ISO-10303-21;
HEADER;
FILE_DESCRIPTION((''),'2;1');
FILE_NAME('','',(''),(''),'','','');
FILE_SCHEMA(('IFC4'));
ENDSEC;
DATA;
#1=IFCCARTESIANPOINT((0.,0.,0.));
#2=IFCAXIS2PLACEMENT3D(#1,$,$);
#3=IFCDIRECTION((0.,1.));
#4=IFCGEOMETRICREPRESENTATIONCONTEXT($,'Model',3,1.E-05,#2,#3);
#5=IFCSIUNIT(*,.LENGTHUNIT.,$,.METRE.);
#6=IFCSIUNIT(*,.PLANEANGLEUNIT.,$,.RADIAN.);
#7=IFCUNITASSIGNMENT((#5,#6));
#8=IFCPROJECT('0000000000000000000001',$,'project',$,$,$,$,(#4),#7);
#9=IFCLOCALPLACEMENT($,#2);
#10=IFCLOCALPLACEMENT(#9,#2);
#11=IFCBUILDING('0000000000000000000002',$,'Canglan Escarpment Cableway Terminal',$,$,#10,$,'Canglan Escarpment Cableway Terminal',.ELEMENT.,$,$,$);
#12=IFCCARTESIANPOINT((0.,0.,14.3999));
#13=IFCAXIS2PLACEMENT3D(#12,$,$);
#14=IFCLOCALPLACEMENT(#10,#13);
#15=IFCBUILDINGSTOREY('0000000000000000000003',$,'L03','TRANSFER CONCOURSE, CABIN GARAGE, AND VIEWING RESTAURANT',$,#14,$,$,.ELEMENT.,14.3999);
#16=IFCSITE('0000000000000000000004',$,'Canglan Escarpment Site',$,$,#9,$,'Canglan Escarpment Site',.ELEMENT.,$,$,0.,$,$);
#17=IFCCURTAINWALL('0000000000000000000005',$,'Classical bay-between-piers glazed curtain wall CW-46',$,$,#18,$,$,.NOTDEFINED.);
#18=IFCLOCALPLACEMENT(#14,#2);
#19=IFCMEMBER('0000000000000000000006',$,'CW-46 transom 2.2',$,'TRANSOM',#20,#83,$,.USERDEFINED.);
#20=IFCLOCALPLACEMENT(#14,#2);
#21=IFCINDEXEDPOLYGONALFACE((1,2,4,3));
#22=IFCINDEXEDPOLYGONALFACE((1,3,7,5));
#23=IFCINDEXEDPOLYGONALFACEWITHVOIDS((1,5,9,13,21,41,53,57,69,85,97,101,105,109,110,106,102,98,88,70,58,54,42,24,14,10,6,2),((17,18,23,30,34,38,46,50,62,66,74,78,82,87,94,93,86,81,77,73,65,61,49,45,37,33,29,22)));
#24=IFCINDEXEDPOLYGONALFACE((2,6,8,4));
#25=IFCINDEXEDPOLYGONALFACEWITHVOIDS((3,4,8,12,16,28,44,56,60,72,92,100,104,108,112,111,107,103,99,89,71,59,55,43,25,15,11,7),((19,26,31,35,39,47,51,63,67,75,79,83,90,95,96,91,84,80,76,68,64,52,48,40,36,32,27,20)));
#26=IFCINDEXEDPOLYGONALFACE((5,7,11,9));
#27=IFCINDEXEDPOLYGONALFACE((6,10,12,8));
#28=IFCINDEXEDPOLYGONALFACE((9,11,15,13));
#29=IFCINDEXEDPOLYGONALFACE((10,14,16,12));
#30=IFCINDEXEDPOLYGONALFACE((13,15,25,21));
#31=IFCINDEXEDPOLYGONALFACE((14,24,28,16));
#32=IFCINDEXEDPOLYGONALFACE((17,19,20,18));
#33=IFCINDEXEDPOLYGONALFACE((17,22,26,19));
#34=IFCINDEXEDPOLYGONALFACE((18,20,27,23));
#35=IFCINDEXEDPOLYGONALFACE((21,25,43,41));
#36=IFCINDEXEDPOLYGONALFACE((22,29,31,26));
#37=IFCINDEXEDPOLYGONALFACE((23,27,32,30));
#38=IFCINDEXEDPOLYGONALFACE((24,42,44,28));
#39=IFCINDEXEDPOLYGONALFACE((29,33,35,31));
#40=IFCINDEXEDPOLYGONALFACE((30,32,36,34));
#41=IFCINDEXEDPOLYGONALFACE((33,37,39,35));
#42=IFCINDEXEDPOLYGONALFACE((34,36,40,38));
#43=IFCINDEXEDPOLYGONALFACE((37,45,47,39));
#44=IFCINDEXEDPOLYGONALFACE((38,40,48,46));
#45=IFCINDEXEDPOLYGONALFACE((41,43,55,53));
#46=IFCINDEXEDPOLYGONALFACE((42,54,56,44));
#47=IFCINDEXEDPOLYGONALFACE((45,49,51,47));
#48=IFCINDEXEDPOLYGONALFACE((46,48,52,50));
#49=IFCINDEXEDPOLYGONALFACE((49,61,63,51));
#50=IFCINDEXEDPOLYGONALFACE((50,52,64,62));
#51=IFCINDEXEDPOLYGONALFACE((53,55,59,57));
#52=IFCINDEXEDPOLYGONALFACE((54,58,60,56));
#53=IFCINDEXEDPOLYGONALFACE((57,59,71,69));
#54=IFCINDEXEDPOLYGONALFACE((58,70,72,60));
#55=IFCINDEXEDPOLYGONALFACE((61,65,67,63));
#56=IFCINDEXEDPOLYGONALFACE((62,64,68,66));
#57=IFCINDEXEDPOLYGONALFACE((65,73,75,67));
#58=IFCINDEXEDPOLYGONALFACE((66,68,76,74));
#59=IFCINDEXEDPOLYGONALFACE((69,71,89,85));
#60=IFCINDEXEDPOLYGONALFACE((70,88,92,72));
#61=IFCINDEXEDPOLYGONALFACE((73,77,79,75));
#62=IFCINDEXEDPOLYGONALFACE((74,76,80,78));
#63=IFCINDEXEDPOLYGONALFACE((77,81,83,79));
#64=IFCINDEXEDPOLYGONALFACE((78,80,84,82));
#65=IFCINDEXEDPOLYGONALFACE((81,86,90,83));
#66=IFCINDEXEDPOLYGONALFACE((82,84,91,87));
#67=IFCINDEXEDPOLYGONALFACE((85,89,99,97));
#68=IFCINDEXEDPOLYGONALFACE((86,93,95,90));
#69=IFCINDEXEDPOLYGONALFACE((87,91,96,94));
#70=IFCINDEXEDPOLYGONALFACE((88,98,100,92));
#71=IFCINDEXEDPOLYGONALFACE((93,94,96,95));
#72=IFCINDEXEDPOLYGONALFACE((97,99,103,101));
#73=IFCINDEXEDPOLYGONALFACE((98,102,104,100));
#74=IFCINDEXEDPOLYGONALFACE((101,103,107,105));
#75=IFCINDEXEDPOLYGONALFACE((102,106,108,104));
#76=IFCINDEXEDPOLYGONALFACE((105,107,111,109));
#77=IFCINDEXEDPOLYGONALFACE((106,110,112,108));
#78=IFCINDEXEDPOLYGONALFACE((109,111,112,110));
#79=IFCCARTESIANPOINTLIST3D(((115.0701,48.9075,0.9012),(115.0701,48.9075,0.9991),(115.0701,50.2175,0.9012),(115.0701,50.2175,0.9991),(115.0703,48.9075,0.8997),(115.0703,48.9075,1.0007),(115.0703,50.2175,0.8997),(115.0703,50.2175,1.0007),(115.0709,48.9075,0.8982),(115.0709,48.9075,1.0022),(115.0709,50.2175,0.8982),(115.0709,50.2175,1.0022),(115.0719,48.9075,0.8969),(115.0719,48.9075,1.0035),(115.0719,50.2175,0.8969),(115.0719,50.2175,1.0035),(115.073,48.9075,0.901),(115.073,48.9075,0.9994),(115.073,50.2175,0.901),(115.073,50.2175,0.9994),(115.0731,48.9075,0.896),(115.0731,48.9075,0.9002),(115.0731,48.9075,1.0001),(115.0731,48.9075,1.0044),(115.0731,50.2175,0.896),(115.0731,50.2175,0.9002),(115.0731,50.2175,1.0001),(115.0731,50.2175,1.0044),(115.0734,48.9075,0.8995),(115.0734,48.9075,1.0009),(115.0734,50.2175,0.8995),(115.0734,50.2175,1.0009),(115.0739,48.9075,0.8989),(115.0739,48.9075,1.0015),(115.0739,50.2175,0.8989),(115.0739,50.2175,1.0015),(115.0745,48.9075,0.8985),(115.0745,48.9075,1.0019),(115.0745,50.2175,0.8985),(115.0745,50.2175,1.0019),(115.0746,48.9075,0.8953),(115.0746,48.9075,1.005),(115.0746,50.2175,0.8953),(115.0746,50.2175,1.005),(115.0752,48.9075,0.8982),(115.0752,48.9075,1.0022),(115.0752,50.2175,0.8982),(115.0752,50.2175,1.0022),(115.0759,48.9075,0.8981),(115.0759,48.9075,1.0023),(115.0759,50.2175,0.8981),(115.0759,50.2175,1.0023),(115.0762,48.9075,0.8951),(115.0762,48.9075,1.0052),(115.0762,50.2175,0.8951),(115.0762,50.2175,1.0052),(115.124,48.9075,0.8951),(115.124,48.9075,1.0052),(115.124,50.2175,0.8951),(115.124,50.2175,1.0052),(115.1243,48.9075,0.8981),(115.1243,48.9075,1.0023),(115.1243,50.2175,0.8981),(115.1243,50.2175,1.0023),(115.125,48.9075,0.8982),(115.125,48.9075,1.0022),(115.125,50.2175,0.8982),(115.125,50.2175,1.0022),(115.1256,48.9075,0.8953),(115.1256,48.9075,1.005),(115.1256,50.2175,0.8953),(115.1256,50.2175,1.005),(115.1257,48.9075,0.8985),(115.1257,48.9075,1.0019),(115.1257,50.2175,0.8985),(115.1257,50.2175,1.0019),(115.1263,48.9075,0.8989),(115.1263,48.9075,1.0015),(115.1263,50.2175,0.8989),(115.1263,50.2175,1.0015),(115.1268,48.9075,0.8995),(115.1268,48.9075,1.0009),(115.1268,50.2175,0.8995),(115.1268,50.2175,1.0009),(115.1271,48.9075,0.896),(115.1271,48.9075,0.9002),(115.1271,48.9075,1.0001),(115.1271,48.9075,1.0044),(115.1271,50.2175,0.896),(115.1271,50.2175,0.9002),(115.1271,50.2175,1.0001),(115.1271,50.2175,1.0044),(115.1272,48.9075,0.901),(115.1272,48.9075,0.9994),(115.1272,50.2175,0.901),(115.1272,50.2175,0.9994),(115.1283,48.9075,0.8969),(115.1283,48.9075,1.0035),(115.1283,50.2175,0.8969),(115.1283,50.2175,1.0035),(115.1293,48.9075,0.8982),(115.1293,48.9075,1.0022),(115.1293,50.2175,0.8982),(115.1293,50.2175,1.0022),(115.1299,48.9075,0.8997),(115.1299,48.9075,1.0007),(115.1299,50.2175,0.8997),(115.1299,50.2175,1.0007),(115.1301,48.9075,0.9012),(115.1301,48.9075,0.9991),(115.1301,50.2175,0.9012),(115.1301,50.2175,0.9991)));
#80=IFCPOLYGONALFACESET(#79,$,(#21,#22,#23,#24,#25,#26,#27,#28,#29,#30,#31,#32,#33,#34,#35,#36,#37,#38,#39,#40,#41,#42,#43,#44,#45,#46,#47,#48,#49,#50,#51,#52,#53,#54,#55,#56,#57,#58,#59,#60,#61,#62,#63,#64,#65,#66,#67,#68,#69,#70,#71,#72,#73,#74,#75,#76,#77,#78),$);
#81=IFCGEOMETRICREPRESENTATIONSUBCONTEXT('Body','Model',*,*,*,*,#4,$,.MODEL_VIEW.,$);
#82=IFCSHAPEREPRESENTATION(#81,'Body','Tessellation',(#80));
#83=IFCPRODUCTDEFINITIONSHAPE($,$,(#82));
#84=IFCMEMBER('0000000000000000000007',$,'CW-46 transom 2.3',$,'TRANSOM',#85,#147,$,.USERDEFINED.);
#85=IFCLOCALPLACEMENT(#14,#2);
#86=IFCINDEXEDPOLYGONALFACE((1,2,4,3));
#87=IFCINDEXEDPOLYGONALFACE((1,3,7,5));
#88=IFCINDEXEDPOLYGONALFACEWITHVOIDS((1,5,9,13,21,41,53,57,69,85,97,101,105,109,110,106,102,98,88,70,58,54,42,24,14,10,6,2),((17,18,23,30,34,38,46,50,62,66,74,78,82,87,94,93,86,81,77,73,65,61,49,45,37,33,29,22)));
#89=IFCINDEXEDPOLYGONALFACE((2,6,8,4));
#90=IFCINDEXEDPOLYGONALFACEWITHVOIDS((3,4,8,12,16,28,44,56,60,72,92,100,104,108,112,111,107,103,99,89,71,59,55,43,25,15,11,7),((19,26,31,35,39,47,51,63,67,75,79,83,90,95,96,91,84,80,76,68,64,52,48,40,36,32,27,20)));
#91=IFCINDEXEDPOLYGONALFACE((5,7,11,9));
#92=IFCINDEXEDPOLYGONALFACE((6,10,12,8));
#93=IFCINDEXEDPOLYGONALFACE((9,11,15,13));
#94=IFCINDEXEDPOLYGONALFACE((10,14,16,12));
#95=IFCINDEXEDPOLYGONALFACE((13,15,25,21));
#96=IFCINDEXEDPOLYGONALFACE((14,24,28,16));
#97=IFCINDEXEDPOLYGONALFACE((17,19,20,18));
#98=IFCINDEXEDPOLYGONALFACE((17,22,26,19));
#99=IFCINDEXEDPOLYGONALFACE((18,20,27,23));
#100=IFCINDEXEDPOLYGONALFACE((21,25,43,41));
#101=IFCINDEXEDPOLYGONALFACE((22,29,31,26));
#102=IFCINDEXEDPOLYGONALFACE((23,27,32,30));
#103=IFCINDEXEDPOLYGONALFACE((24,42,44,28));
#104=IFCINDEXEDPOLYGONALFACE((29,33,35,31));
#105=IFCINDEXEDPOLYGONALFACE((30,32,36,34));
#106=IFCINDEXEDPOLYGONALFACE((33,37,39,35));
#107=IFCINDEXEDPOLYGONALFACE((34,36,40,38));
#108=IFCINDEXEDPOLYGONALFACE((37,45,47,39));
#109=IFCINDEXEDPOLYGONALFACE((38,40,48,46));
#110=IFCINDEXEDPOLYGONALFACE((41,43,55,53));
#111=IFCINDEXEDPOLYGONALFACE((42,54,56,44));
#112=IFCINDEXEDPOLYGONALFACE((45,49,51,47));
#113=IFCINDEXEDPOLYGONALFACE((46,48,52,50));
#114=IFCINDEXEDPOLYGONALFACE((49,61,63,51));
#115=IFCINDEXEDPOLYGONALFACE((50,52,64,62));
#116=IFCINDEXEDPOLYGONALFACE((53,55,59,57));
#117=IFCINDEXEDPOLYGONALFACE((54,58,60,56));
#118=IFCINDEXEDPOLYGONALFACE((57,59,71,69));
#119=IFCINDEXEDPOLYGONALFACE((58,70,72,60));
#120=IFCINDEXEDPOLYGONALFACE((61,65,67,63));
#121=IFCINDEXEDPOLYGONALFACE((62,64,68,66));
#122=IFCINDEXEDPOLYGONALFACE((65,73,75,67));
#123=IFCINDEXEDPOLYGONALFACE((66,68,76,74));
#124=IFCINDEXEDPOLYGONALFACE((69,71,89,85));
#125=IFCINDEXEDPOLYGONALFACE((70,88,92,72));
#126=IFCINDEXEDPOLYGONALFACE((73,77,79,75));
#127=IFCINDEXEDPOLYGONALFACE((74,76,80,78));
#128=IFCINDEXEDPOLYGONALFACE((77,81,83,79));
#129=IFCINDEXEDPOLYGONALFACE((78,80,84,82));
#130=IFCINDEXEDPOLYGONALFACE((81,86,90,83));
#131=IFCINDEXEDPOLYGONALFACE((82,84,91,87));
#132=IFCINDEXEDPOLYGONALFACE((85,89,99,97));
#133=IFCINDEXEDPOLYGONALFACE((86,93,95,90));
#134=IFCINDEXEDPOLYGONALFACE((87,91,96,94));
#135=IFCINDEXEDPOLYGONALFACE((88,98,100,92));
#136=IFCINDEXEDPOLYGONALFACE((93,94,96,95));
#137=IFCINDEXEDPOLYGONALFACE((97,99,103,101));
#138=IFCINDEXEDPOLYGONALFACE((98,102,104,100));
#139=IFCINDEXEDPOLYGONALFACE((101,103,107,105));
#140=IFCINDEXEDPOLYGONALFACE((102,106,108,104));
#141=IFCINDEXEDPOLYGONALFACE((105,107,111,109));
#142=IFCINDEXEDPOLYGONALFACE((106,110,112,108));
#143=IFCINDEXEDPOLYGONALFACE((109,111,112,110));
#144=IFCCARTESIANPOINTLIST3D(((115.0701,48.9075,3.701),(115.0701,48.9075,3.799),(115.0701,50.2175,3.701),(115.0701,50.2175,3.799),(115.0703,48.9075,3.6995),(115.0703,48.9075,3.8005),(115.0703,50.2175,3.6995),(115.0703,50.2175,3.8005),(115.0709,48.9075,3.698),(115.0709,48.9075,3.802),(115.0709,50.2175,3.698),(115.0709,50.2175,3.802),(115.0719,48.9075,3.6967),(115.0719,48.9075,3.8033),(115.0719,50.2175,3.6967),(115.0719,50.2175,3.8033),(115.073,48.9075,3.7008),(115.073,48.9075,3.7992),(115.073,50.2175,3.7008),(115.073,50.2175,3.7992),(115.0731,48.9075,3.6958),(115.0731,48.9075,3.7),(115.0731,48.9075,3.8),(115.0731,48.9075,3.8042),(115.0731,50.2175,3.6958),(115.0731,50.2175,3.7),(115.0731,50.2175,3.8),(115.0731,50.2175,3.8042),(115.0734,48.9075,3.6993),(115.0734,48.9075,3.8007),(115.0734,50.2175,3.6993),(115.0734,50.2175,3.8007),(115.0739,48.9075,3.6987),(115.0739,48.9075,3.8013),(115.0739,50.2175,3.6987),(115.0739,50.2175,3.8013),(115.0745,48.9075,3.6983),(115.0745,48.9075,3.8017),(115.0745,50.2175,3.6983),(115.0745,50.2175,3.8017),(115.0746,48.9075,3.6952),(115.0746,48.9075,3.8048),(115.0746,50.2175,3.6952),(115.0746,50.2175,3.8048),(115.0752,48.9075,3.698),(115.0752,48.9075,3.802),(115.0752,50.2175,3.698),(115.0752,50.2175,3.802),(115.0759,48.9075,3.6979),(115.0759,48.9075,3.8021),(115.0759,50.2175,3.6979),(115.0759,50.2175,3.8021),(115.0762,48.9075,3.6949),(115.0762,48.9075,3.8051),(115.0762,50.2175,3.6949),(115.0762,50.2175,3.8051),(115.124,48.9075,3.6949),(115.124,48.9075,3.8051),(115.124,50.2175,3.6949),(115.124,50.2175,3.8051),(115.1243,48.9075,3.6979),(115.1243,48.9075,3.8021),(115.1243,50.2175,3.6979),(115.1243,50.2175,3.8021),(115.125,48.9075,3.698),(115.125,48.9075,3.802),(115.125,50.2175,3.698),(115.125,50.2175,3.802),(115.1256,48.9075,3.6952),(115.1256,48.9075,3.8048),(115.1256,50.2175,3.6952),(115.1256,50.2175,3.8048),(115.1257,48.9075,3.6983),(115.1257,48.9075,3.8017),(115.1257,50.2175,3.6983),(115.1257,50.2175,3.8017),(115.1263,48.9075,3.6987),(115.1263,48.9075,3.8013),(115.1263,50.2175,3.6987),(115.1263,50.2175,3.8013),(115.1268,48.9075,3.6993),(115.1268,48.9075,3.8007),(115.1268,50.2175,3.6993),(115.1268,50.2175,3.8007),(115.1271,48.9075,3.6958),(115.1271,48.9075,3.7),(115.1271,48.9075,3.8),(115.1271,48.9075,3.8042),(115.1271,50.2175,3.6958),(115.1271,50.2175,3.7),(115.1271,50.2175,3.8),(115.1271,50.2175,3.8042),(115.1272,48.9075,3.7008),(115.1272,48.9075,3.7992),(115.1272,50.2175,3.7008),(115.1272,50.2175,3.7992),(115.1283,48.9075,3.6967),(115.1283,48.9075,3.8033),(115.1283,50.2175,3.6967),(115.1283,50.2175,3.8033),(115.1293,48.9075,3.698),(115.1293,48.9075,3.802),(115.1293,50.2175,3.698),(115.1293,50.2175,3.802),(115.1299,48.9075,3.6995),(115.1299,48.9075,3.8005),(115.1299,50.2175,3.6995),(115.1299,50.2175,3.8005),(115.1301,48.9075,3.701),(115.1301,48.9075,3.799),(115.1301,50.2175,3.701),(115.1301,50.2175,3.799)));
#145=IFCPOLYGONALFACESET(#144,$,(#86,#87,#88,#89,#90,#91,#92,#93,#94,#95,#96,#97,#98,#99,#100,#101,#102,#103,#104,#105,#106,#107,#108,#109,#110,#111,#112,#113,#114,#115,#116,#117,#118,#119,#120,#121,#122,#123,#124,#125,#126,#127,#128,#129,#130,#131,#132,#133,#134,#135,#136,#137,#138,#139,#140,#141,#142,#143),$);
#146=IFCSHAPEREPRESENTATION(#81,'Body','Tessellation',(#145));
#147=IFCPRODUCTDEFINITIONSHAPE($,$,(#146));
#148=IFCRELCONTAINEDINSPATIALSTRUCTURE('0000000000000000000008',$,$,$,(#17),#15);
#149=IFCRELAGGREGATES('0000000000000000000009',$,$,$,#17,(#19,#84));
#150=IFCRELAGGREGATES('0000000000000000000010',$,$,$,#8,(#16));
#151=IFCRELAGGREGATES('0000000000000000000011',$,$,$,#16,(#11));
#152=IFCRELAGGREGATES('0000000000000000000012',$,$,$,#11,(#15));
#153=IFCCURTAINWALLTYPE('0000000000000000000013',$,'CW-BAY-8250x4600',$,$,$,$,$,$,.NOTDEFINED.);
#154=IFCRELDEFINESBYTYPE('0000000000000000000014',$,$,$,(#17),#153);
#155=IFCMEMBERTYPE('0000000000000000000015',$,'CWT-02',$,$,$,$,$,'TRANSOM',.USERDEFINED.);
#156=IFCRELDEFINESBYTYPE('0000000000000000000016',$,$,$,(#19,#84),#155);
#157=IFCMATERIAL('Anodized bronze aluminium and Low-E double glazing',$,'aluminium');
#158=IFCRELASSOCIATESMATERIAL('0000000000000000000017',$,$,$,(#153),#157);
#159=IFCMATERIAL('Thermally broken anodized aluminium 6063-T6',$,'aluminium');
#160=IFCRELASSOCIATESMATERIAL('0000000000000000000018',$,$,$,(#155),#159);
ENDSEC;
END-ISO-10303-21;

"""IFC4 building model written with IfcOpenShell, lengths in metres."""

from ifc_helpers import new_model, si_unit, direction, frame, origin, origin_2d, place, context, subcontext, project, spatial, hollow_rectangle, extrude, material, material_profile, profile_set, type_object, element, aggregate, save


model = new_model("IFC4")

# Units and contexts
model_context = context("Model", 3, precision=1e-05, world=origin(), true_north=direction((0.0, 1.0)))
body_context = subcontext(model_context, "Body", "Model", "MODEL_VIEW")
ifc_project = project(units=[si_unit("LENGTHUNIT", "METRE"), si_unit("PLANEANGLEUNIT", "RADIAN")], contexts=[model_context])

# Site, building, storey
site_placement = place(None, origin())
site = spatial("IfcSite", under=ifc_project, at=site_placement, Name="Canglan Escarpment Site", LongName="Canglan Escarpment Site", CompositionType="ELEMENT", RefElevation=0.0)
building_placement = place(site_placement, origin())
building = spatial("IfcBuilding", under=site, at=building_placement, Name="Canglan Escarpment Cableway Terminal", LongName="Canglan Escarpment Cableway Terminal", CompositionType="ELEMENT")
storey_placement = place(building_placement, frame((0.0, 0.0, 14.3999)))
storey = spatial("IfcBuildingStorey", under=building, at=storey_placement, Name="L03", Description="TRANSFER CONCOURSE, CABIN GARAGE, AND VIEWING RESTAURANT", CompositionType="ELEMENT", Elevation=14.3999)

# Curtain wall, members
ifc_material_1 = material(Name="Anodized bronze aluminium and Low-E double glazing", Category="aluminium")
curtain_wall_type = type_object("IfcCurtainWallType", Name="CW-BAY-8250x4600", PredefinedType="NOTDEFINED", material=ifc_material_1)
curtain_wall_placement = place(storey_placement, origin())
curtain_wall = element("IfcCurtainWall", 1, at=curtain_wall_placement, inside=storey, type_object=curtain_wall_type, Name="Classical bay-between-piers glazed curtain wall CW-46", PredefinedType="NOTDEFINED")
ifc_material_2 = material(Name="Thermally broken anodized aluminium 6063-T6", Category="aluminium")
ifc_material_profile_1 = material_profile(ifc_material_2, hollow_rectangle(XDim=0.0601, YDim=0.1101, WallThickness=0.0029, InnerFilletRadius=0.0029, OuterFilletRadius=0.0061, at=origin_2d()), Name="ALU-TRAN 60x110x3")
ifc_profile_set_1 = profile_set([ifc_material_profile_1], Name="Thermally broken anodized aluminium 6063-T6")
member_type_1 = type_object("IfcMemberType", Name="CWT-02", ElementType="TRANSOM", PredefinedType="USERDEFINED", material=ifc_profile_set_1)
member_1_placement = place(storey_placement, frame((115.1001, 50.2175, 0.9502), z_axis=(0.0, -1.0, 0.0), x_axis=(1.0, 0.0, 0.0)))
member_1 = element("IfcMember", 2, at=member_1_placement, type_object=member_type_1, Name="CW-46 transom 2.2", ObjectType="TRANSOM", PredefinedType="USERDEFINED", context=body_context, shape_type="SweptSolid", body=[
    extrude(hollow_rectangle(XDim=0.0601, YDim=0.1101, WallThickness=0.0029, InnerFilletRadius=0.0029, OuterFilletRadius=0.0061, at=origin_2d()), origin(), (0.0, 0.0, 1.0), 1.3101),
])
member_2_placement = place(storey_placement, frame((115.1001, 50.2175, 3.75), z_axis=(0.0, -1.0, 0.0), x_axis=(1.0, 0.0, 0.0)))
member_2 = element("IfcMember", 3, at=member_2_placement, type_object=member_type_1, Name="CW-46 transom 2.3", ObjectType="TRANSOM", PredefinedType="USERDEFINED", context=body_context, shape_type="SweptSolid", body=[
    extrude(hollow_rectangle(XDim=0.0601, YDim=0.1101, WallThickness=0.0029, InnerFilletRadius=0.0029, OuterFilletRadius=0.0061, at=origin_2d()), origin(), (0.0, 0.0, 1.0), 1.3101),
])

aggregate(curtain_wall, [member_1, member_2])

save(model, "model.ifc")
